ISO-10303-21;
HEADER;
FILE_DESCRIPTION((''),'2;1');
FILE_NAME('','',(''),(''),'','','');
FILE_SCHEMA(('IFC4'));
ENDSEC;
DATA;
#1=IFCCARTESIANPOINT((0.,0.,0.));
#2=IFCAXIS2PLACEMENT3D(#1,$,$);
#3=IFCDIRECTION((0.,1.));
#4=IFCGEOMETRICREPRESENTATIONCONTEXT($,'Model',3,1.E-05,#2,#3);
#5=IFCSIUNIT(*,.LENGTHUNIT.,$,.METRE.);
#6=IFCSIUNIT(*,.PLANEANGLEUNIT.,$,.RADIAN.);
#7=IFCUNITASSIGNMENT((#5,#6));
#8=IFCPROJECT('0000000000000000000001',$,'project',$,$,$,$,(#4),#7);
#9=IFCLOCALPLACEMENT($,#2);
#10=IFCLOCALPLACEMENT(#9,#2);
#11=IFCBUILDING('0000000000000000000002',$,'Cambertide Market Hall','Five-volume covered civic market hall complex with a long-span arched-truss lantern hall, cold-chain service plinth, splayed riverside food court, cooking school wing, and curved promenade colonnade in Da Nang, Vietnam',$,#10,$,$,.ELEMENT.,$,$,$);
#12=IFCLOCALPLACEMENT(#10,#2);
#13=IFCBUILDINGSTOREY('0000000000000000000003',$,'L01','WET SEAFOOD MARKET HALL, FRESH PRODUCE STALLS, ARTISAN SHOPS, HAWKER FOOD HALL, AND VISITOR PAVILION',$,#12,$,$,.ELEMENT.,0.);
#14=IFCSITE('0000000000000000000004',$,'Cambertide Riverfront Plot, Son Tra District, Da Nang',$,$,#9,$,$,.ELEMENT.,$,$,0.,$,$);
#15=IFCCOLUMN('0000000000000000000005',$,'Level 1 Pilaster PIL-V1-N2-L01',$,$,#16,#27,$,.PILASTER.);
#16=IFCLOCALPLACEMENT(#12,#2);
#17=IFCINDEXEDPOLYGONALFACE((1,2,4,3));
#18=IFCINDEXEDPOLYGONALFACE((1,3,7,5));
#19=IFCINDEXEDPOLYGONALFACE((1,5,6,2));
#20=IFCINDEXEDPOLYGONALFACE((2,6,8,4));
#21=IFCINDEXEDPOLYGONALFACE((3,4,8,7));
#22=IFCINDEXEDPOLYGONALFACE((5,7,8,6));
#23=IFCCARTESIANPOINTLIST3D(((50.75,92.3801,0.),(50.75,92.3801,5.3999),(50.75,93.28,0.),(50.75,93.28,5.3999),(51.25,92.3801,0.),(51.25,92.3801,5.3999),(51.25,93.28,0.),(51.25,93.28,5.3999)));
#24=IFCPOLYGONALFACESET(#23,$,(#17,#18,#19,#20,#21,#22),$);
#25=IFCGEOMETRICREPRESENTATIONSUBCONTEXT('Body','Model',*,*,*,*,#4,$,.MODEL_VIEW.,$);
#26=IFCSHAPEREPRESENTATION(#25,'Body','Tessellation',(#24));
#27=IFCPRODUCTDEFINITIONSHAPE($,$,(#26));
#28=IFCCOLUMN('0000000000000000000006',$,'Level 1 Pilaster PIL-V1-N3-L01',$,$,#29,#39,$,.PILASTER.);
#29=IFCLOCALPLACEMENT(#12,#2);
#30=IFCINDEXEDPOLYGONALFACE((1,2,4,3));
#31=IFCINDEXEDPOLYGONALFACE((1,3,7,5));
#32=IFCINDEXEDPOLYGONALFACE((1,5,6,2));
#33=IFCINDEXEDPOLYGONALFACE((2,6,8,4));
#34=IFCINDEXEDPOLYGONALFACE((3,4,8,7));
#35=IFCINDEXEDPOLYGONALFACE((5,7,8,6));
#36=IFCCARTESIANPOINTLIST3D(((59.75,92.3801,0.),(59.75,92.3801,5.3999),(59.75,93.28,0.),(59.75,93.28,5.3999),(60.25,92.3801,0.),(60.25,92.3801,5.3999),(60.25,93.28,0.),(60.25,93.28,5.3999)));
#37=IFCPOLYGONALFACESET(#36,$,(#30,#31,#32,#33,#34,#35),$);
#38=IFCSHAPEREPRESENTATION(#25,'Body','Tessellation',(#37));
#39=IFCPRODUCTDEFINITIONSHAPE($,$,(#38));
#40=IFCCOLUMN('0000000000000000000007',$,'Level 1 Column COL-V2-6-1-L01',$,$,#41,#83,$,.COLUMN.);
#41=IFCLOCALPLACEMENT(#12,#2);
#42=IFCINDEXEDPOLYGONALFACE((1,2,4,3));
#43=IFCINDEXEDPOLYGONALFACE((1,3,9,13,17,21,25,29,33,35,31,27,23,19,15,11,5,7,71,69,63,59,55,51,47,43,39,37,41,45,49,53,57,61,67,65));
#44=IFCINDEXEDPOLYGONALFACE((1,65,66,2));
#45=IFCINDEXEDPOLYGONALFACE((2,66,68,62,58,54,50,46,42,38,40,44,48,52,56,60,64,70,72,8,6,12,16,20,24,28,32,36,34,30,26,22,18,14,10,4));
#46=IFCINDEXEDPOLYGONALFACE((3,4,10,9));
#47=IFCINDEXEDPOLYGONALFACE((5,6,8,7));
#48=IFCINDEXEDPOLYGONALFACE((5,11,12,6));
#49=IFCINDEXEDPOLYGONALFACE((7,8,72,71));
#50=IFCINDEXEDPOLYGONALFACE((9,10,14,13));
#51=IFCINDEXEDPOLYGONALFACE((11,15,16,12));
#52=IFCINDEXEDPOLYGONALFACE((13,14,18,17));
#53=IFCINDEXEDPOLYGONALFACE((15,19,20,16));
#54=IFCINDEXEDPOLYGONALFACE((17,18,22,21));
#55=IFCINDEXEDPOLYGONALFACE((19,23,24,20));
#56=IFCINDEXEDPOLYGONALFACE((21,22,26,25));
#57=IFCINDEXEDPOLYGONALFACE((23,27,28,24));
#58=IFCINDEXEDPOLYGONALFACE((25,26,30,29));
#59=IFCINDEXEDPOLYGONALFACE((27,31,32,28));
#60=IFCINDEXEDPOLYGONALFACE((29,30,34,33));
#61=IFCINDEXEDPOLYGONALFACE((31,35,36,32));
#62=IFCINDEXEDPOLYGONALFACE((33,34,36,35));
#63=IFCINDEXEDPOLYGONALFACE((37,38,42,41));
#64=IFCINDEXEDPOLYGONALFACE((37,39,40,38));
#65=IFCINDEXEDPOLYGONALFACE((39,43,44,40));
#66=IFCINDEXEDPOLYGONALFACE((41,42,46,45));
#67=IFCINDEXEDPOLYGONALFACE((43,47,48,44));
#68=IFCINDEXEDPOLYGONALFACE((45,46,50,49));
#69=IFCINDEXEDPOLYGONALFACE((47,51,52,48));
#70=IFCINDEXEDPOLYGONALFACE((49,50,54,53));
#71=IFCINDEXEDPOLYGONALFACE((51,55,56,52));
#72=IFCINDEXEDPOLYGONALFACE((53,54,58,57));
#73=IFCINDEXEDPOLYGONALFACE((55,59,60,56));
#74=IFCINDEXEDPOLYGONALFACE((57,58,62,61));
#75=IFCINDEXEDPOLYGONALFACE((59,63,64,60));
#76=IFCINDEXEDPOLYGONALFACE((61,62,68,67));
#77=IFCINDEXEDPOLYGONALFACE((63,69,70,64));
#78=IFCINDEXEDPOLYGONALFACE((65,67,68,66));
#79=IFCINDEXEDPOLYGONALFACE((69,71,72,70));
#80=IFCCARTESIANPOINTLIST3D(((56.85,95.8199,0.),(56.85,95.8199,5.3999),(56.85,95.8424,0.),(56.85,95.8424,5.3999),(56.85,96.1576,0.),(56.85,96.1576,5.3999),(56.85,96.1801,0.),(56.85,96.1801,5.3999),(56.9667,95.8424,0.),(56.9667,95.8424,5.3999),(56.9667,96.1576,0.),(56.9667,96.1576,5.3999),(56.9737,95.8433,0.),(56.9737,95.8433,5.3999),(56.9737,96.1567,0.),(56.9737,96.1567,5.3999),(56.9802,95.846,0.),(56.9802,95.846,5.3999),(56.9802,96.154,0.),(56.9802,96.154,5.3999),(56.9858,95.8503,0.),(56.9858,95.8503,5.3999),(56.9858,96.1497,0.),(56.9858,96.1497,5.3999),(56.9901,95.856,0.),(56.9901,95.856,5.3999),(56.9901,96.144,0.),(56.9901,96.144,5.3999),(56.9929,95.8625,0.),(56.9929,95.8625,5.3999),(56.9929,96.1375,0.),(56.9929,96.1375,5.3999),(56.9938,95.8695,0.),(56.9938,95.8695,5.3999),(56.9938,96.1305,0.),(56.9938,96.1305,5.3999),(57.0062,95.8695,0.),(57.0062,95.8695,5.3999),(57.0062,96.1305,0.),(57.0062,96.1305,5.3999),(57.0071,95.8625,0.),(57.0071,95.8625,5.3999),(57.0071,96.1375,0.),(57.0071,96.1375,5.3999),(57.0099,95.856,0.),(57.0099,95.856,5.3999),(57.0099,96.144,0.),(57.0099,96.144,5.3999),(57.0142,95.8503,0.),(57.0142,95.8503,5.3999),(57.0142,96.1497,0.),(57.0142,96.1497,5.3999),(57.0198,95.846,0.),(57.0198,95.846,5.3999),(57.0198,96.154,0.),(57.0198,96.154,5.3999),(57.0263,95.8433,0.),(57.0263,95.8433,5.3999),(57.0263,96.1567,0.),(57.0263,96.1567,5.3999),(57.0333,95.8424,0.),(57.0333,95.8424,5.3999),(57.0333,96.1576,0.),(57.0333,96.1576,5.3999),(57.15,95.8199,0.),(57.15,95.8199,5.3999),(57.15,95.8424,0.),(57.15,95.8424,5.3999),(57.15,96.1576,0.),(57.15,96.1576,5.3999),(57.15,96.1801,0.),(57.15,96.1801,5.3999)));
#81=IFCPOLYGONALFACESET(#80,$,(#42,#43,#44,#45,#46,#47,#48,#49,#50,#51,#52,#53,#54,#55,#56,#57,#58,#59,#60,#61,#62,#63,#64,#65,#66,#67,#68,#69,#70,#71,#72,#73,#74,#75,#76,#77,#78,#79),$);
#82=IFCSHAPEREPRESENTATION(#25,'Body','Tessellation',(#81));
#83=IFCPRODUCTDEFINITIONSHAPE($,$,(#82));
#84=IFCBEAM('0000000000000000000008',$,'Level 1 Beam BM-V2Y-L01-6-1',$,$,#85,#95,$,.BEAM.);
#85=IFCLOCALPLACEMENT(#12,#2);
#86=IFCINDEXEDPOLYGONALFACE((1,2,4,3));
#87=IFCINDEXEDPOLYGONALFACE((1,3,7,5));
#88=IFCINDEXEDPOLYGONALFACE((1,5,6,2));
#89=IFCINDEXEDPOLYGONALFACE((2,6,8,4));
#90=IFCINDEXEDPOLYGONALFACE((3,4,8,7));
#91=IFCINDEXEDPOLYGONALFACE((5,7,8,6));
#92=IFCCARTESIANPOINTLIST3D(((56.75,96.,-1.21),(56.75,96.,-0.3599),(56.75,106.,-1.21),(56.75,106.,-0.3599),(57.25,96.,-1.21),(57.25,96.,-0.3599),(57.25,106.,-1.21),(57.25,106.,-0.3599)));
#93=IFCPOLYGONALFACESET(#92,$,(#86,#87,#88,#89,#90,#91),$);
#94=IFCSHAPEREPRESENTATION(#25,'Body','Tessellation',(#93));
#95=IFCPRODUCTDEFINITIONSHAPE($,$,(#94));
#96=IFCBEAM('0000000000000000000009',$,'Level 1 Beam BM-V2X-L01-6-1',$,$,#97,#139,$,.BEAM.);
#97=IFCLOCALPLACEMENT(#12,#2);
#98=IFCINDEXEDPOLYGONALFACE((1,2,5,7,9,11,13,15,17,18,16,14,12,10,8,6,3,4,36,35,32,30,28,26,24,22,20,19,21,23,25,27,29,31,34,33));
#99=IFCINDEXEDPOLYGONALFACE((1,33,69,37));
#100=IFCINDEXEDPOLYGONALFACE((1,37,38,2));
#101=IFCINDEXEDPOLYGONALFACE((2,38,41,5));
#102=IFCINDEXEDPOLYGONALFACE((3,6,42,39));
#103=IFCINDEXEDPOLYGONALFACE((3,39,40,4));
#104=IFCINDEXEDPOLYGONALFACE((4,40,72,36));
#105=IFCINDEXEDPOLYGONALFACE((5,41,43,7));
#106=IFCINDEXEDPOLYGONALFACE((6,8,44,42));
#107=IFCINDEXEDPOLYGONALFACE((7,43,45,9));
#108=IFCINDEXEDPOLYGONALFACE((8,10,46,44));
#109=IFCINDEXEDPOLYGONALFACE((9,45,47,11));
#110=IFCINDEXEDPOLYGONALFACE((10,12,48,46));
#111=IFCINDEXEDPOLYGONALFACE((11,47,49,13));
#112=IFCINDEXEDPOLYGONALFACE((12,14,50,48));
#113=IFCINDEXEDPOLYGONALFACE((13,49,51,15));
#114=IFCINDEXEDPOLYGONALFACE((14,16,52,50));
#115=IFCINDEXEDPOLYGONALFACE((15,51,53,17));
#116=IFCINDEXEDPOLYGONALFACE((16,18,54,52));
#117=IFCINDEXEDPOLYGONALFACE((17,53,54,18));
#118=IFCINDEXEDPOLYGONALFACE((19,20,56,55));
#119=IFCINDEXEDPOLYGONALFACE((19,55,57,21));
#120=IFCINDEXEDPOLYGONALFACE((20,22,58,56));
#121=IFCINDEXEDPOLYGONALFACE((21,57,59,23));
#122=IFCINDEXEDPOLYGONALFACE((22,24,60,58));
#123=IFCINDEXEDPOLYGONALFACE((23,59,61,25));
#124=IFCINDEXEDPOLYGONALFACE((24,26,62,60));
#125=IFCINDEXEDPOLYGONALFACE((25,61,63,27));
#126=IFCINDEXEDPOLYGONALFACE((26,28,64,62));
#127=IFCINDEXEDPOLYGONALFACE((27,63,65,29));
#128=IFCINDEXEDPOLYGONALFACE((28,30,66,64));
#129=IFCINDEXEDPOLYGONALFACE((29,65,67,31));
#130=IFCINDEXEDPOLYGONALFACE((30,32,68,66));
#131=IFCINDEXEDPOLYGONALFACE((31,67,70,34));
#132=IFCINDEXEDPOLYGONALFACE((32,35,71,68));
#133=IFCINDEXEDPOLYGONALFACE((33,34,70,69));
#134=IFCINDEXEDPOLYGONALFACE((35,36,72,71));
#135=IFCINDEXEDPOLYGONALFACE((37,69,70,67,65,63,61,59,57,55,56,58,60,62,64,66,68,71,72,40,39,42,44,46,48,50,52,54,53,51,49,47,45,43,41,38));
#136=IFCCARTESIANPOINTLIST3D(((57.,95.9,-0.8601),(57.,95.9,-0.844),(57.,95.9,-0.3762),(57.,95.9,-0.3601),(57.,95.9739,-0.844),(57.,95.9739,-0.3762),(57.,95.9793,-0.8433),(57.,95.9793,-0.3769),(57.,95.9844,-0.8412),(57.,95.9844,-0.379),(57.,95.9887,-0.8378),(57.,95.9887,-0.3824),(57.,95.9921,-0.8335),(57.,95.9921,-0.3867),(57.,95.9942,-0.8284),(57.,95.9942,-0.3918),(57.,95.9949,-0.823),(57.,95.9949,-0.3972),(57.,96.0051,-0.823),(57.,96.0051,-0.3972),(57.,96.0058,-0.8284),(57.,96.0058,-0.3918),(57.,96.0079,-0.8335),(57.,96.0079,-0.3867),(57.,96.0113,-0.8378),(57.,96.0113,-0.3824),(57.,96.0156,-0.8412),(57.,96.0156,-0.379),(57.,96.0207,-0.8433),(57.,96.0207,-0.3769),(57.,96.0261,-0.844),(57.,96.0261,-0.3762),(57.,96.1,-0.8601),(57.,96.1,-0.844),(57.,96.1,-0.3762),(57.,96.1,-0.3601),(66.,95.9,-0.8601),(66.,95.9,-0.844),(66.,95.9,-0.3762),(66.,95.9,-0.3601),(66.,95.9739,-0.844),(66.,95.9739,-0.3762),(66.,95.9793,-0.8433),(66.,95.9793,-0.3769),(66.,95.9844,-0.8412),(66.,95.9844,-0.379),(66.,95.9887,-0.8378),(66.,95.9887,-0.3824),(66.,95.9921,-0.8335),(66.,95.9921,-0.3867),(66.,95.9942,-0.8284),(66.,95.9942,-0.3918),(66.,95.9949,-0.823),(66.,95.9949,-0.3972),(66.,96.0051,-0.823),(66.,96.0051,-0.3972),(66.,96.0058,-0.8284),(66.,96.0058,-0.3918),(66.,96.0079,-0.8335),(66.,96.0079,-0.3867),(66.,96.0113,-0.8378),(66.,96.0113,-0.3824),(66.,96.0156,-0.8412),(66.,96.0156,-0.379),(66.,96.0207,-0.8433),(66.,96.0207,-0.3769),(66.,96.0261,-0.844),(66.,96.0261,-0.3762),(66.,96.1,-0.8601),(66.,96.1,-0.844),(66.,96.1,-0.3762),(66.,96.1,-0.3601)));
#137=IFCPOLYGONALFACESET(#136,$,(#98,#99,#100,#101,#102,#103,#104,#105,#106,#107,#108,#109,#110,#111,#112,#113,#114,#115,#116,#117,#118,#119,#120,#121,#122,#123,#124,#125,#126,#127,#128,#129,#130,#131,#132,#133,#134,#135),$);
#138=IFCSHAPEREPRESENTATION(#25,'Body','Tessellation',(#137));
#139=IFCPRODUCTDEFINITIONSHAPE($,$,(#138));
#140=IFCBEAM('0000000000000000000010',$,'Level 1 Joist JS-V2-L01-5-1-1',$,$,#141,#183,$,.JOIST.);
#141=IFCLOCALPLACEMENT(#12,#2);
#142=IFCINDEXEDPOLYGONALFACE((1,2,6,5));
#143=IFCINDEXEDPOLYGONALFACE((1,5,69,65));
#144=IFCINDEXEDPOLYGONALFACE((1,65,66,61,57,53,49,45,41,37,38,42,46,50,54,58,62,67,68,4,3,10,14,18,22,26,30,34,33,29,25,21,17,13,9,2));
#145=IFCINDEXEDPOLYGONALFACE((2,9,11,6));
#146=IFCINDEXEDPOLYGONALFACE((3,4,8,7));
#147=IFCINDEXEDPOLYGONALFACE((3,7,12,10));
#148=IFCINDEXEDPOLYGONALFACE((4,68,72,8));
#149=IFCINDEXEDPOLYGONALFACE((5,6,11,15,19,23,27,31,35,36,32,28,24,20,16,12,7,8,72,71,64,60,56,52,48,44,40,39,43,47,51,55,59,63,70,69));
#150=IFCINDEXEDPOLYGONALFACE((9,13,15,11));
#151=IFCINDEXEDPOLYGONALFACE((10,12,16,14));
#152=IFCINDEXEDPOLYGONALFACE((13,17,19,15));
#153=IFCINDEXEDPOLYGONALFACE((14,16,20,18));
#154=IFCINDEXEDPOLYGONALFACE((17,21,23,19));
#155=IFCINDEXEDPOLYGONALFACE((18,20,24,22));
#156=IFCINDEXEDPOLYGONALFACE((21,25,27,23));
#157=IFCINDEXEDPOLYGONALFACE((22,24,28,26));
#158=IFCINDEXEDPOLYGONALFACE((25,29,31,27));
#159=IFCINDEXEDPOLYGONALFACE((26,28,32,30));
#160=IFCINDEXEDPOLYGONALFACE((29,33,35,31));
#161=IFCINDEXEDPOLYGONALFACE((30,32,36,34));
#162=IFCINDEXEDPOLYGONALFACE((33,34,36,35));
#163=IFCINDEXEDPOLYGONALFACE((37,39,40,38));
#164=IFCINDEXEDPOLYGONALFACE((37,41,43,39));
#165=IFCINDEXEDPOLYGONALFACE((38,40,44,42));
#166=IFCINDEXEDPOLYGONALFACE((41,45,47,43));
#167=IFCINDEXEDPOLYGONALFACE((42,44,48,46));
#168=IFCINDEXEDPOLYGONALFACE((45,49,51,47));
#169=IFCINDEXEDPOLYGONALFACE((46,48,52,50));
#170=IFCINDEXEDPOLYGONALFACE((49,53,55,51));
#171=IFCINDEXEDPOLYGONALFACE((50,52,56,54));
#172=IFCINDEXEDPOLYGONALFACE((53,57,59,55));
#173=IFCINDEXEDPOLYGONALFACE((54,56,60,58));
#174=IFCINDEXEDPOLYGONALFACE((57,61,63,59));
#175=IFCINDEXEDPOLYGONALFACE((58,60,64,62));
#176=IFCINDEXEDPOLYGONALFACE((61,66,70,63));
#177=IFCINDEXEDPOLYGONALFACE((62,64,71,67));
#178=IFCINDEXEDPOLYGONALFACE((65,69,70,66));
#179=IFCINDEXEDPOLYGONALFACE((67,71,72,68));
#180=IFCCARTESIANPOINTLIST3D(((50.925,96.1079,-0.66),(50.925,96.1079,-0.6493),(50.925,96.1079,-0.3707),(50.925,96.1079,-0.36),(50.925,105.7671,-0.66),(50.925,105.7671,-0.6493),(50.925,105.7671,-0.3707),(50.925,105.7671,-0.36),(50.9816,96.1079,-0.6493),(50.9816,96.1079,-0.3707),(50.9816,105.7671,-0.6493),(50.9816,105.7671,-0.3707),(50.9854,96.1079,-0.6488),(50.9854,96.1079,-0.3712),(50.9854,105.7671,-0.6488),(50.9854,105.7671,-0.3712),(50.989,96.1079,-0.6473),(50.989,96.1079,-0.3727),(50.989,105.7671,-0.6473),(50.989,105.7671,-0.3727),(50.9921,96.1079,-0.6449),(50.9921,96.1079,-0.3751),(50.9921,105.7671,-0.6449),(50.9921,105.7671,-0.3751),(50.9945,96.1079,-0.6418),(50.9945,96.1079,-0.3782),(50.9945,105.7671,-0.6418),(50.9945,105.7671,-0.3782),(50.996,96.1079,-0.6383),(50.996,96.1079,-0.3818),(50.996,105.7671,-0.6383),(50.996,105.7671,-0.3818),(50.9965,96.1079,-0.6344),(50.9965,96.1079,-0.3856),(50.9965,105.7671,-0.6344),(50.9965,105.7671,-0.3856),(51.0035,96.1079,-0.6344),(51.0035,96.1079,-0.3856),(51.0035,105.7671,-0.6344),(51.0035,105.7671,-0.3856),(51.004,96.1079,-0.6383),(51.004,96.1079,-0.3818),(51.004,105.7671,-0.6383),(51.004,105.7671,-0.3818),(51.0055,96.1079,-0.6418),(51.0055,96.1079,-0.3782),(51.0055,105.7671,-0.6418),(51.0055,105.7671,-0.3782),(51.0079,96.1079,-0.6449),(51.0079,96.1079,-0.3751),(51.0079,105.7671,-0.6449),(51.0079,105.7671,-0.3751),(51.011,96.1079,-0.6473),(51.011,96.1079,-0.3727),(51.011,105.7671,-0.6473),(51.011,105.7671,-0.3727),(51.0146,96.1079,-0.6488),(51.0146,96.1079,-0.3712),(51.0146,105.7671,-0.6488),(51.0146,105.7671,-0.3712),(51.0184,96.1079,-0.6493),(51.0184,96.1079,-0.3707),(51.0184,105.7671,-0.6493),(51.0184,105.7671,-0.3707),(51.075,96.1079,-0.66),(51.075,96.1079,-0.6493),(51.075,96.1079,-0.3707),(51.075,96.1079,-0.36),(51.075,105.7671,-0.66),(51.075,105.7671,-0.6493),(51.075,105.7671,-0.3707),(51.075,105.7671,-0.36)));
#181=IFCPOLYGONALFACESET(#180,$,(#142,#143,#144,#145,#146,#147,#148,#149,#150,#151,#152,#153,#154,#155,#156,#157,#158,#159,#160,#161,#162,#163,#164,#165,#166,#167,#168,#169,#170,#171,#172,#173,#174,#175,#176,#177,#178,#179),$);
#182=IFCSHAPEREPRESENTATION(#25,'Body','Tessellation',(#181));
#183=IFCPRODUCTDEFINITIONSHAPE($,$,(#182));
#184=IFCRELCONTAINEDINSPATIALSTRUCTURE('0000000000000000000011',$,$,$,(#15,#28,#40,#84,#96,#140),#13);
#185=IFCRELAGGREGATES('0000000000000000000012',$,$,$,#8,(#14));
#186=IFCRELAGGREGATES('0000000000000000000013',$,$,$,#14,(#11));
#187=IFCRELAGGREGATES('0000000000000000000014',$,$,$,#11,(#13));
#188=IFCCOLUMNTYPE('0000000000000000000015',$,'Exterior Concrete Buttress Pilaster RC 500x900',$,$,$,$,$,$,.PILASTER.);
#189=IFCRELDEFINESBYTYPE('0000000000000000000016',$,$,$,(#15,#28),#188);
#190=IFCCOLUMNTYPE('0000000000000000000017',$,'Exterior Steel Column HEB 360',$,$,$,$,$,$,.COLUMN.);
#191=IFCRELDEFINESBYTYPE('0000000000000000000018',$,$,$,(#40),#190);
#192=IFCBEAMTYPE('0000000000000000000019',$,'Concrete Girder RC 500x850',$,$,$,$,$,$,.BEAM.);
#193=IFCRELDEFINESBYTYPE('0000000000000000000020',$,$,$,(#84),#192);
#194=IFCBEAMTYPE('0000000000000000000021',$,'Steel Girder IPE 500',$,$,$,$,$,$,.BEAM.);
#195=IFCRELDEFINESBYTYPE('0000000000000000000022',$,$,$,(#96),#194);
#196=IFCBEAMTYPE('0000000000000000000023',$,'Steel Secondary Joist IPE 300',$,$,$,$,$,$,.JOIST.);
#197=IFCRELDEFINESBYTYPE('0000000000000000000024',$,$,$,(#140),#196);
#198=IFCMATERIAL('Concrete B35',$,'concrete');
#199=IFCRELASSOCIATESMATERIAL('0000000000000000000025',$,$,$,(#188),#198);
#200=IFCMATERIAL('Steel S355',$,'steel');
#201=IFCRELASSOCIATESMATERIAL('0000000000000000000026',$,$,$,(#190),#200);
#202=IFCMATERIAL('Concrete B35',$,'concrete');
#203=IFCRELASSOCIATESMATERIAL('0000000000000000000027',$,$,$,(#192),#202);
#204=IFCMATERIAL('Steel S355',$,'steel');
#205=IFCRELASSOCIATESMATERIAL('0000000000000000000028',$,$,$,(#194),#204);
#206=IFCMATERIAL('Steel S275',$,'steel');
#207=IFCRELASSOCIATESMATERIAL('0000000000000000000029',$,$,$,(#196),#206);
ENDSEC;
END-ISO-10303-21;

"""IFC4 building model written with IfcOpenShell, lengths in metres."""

from ifc_helpers import new_model, si_unit, direction, frame, origin, origin_2d, place, context, subcontext, project, spatial, rectangle, i_section, extrude, material, material_profile, profile_set, type_object, element, save


model = new_model("IFC4")

# Units and contexts
model_context = context("Model", 3, precision=1e-05, world=origin(), true_north=direction((0.0, 1.0)))
body_context = subcontext(model_context, "Body", "Model", "MODEL_VIEW")
ifc_project = project(units=[si_unit("LENGTHUNIT", "METRE"), si_unit("PLANEANGLEUNIT", "RADIAN")], contexts=[model_context])

# Site, building, storey
site_placement = place(None, origin())
site = spatial("IfcSite", under=ifc_project, at=site_placement, Name="Cambertide Riverfront Plot, Son Tra District, Da Nang", CompositionType="ELEMENT", RefElevation=0.0)
building_placement = place(site_placement, origin())
building = spatial("IfcBuilding", under=site, at=building_placement, Name="Cambertide Market Hall", Description="Five-volume covered civic market hall complex with a long-span arched-truss lantern hall, cold-chain service plinth, splayed riverside food court, cooking school wing, and curved promenade colonnade in Da Nang, Vietnam", CompositionType="ELEMENT")
storey_placement = place(building_placement, origin())
storey = spatial("IfcBuildingStorey", under=building, at=storey_placement, Name="L01", Description="WET SEAFOOD MARKET HALL, FRESH PRODUCE STALLS, ARTISAN SHOPS, HAWKER FOOD HALL, AND VISITOR PAVILION", CompositionType="ELEMENT", Elevation=0.0)

# Columns
ifc_material_1 = material(Name="Concrete B35", Category="concrete")
ifc_material_profile_1 = material_profile(ifc_material_1, rectangle(XDim=0.5, YDim=0.8999, at=origin_2d()), Name="RC 500x900")
ifc_profile_set_1 = profile_set([ifc_material_profile_1], Name="Concrete B35")
column_type_1 = type_object("IfcColumnType", Name="Exterior Concrete Buttress Pilaster RC 500x900", PredefinedType="PILASTER", material=ifc_profile_set_1)
for number, where, z_axis, x_axis, name in (
    (1, (51.0, 92.8301, 0.0), (0.0, 0.0, 1.0), (1.0, 0.0, 0.0), "Level 1 Pilaster PIL-V1-N2-L01"),
    (2, (60.0, 92.8301, 0.0), (0.0, 0.0, 1.0), (1.0, 0.0, 0.0), "Level 1 Pilaster PIL-V1-N3-L01"),
):
    element("IfcColumn", number, at=place(storey_placement, frame(where, z_axis=z_axis, x_axis=x_axis)), inside=storey, type_object=column_type_1, Name=name, PredefinedType="PILASTER", context=body_context, shape_type="SweptSolid", body=[
        extrude(rectangle(XDim=0.5, YDim=0.8999, at=origin_2d()), origin(), (0.0, 0.0, 1.0), 5.3999),
    ])
ifc_material_2 = material(Name="Steel S355", Category="steel")
ifc_material_profile_2 = material_profile(ifc_material_2, i_section(OverallWidth=0.3, OverallDepth=0.3601, WebThickness=0.0125, FlangeThickness=0.0225, FilletRadius=0.0271, at=origin_2d()), Name="HEB 360")
ifc_profile_set_2 = profile_set([ifc_material_profile_2], Name="Steel S355")
column_type_2 = type_object("IfcColumnType", Name="Exterior Steel Column HEB 360", PredefinedType="COLUMN", material=ifc_profile_set_2)
column_placement = place(storey_placement, frame((57.0, 96.0, 0.0), z_axis=(0.0, 0.0, 1.0), x_axis=(1.0, 0.0, 0.0)))
element("IfcColumn", 3, at=column_placement, inside=storey, type_object=column_type_2, Name="Level 1 Column COL-V2-6-1-L01", PredefinedType="COLUMN", context=body_context, shape_type="SweptSolid", body=[
    extrude(i_section(OverallWidth=0.3, OverallDepth=0.3601, WebThickness=0.0125, FlangeThickness=0.0225, FilletRadius=0.0271, at=origin_2d()), origin(), (0.0, 0.0, 1.0), 5.3999),
])

# Beams
ifc_material_3 = material(Name="Concrete B35", Category="concrete")
ifc_material_profile_3 = material_profile(ifc_material_3, rectangle(XDim=0.5, YDim=0.8501, at=origin_2d()), Name="RC 500x850")
ifc_profile_set_3 = profile_set([ifc_material_profile_3], Name="Concrete B35")
beam_type_1 = type_object("IfcBeamType", Name="Concrete Girder RC 500x850", PredefinedType="BEAM", material=ifc_profile_set_3)
beam_1_placement = place(storey_placement, frame((57.0, 96.0, -0.7849), z_axis=(0.0, 1.0, 0.0), x_axis=(-1.0, 0.0, 0.0)))
element("IfcBeam", 4, at=beam_1_placement, inside=storey, type_object=beam_type_1, Name="Level 1 Beam BM-V2Y-L01-6-1", PredefinedType="BEAM", context=body_context, shape_type="SweptSolid", body=[
    extrude(rectangle(XDim=0.5, YDim=0.8501, at=origin_2d()), origin(), (0.0, 0.0, 1.0), 10.0),
])
ifc_material_4 = material(Name="Steel S355", Category="steel")
ifc_material_profile_4 = material_profile(ifc_material_4, i_section(OverallWidth=0.2, OverallDepth=0.5, WebThickness=0.0103, FlangeThickness=0.0161, FilletRadius=0.021, at=origin_2d()), Name="IPE 500")
ifc_profile_set_4 = profile_set([ifc_material_profile_4], Name="Steel S355")
beam_type_2 = type_object("IfcBeamType", Name="Steel Girder IPE 500", PredefinedType="BEAM", material=ifc_profile_set_4)
beam_2_placement = place(storey_placement, frame((57.0, 96.0, -0.6101), z_axis=(1.0, 0.0, 0.0), x_axis=(0.0, 1.0, 0.0)))
element("IfcBeam", 5, at=beam_2_placement, inside=storey, type_object=beam_type_2, Name="Level 1 Beam BM-V2X-L01-6-1", PredefinedType="BEAM", context=body_context, shape_type="SweptSolid", body=[
    extrude(i_section(OverallWidth=0.2, OverallDepth=0.5, WebThickness=0.0103, FlangeThickness=0.0161, FilletRadius=0.021, at=origin_2d()), origin(), (0.0, 0.0, 1.0), 9.0),
])
ifc_material_5 = material(Name="Steel S275", Category="steel")
ifc_material_profile_5 = material_profile(ifc_material_5, i_section(OverallWidth=0.1499, OverallDepth=0.3, WebThickness=0.0071, FlangeThickness=0.0107, FilletRadius=0.0149, at=origin_2d()), Name="IPE 300")
ifc_profile_set_5 = profile_set([ifc_material_profile_5], Name="Steel S275")
beam_type_3 = type_object("IfcBeamType", Name="Steel Secondary Joist IPE 300", PredefinedType="JOIST", material=ifc_profile_set_5)
for number, where, z_axis, x_axis, name in (
    (6, (51.0, 96.1079, -0.51), (0.0, 1.0, 0.0), (-1.0, 0.0, 0.0), "Level 1 Joist JS-V2-L01-5-1-1"),
):
    element("IfcBeam", number, at=place(storey_placement, frame(where, z_axis=z_axis, x_axis=x_axis)), inside=storey, type_object=beam_type_3, Name=name, PredefinedType="JOIST", context=body_context, shape_type="SweptSolid", body=[
        extrude(i_section(OverallWidth=0.1499, OverallDepth=0.3, WebThickness=0.0071, FlangeThickness=0.0107, FilletRadius=0.0149, at=origin_2d()), origin(), (0.0, 0.0, 1.0), 9.6592),
    ])

save(model, "model.ifc")
